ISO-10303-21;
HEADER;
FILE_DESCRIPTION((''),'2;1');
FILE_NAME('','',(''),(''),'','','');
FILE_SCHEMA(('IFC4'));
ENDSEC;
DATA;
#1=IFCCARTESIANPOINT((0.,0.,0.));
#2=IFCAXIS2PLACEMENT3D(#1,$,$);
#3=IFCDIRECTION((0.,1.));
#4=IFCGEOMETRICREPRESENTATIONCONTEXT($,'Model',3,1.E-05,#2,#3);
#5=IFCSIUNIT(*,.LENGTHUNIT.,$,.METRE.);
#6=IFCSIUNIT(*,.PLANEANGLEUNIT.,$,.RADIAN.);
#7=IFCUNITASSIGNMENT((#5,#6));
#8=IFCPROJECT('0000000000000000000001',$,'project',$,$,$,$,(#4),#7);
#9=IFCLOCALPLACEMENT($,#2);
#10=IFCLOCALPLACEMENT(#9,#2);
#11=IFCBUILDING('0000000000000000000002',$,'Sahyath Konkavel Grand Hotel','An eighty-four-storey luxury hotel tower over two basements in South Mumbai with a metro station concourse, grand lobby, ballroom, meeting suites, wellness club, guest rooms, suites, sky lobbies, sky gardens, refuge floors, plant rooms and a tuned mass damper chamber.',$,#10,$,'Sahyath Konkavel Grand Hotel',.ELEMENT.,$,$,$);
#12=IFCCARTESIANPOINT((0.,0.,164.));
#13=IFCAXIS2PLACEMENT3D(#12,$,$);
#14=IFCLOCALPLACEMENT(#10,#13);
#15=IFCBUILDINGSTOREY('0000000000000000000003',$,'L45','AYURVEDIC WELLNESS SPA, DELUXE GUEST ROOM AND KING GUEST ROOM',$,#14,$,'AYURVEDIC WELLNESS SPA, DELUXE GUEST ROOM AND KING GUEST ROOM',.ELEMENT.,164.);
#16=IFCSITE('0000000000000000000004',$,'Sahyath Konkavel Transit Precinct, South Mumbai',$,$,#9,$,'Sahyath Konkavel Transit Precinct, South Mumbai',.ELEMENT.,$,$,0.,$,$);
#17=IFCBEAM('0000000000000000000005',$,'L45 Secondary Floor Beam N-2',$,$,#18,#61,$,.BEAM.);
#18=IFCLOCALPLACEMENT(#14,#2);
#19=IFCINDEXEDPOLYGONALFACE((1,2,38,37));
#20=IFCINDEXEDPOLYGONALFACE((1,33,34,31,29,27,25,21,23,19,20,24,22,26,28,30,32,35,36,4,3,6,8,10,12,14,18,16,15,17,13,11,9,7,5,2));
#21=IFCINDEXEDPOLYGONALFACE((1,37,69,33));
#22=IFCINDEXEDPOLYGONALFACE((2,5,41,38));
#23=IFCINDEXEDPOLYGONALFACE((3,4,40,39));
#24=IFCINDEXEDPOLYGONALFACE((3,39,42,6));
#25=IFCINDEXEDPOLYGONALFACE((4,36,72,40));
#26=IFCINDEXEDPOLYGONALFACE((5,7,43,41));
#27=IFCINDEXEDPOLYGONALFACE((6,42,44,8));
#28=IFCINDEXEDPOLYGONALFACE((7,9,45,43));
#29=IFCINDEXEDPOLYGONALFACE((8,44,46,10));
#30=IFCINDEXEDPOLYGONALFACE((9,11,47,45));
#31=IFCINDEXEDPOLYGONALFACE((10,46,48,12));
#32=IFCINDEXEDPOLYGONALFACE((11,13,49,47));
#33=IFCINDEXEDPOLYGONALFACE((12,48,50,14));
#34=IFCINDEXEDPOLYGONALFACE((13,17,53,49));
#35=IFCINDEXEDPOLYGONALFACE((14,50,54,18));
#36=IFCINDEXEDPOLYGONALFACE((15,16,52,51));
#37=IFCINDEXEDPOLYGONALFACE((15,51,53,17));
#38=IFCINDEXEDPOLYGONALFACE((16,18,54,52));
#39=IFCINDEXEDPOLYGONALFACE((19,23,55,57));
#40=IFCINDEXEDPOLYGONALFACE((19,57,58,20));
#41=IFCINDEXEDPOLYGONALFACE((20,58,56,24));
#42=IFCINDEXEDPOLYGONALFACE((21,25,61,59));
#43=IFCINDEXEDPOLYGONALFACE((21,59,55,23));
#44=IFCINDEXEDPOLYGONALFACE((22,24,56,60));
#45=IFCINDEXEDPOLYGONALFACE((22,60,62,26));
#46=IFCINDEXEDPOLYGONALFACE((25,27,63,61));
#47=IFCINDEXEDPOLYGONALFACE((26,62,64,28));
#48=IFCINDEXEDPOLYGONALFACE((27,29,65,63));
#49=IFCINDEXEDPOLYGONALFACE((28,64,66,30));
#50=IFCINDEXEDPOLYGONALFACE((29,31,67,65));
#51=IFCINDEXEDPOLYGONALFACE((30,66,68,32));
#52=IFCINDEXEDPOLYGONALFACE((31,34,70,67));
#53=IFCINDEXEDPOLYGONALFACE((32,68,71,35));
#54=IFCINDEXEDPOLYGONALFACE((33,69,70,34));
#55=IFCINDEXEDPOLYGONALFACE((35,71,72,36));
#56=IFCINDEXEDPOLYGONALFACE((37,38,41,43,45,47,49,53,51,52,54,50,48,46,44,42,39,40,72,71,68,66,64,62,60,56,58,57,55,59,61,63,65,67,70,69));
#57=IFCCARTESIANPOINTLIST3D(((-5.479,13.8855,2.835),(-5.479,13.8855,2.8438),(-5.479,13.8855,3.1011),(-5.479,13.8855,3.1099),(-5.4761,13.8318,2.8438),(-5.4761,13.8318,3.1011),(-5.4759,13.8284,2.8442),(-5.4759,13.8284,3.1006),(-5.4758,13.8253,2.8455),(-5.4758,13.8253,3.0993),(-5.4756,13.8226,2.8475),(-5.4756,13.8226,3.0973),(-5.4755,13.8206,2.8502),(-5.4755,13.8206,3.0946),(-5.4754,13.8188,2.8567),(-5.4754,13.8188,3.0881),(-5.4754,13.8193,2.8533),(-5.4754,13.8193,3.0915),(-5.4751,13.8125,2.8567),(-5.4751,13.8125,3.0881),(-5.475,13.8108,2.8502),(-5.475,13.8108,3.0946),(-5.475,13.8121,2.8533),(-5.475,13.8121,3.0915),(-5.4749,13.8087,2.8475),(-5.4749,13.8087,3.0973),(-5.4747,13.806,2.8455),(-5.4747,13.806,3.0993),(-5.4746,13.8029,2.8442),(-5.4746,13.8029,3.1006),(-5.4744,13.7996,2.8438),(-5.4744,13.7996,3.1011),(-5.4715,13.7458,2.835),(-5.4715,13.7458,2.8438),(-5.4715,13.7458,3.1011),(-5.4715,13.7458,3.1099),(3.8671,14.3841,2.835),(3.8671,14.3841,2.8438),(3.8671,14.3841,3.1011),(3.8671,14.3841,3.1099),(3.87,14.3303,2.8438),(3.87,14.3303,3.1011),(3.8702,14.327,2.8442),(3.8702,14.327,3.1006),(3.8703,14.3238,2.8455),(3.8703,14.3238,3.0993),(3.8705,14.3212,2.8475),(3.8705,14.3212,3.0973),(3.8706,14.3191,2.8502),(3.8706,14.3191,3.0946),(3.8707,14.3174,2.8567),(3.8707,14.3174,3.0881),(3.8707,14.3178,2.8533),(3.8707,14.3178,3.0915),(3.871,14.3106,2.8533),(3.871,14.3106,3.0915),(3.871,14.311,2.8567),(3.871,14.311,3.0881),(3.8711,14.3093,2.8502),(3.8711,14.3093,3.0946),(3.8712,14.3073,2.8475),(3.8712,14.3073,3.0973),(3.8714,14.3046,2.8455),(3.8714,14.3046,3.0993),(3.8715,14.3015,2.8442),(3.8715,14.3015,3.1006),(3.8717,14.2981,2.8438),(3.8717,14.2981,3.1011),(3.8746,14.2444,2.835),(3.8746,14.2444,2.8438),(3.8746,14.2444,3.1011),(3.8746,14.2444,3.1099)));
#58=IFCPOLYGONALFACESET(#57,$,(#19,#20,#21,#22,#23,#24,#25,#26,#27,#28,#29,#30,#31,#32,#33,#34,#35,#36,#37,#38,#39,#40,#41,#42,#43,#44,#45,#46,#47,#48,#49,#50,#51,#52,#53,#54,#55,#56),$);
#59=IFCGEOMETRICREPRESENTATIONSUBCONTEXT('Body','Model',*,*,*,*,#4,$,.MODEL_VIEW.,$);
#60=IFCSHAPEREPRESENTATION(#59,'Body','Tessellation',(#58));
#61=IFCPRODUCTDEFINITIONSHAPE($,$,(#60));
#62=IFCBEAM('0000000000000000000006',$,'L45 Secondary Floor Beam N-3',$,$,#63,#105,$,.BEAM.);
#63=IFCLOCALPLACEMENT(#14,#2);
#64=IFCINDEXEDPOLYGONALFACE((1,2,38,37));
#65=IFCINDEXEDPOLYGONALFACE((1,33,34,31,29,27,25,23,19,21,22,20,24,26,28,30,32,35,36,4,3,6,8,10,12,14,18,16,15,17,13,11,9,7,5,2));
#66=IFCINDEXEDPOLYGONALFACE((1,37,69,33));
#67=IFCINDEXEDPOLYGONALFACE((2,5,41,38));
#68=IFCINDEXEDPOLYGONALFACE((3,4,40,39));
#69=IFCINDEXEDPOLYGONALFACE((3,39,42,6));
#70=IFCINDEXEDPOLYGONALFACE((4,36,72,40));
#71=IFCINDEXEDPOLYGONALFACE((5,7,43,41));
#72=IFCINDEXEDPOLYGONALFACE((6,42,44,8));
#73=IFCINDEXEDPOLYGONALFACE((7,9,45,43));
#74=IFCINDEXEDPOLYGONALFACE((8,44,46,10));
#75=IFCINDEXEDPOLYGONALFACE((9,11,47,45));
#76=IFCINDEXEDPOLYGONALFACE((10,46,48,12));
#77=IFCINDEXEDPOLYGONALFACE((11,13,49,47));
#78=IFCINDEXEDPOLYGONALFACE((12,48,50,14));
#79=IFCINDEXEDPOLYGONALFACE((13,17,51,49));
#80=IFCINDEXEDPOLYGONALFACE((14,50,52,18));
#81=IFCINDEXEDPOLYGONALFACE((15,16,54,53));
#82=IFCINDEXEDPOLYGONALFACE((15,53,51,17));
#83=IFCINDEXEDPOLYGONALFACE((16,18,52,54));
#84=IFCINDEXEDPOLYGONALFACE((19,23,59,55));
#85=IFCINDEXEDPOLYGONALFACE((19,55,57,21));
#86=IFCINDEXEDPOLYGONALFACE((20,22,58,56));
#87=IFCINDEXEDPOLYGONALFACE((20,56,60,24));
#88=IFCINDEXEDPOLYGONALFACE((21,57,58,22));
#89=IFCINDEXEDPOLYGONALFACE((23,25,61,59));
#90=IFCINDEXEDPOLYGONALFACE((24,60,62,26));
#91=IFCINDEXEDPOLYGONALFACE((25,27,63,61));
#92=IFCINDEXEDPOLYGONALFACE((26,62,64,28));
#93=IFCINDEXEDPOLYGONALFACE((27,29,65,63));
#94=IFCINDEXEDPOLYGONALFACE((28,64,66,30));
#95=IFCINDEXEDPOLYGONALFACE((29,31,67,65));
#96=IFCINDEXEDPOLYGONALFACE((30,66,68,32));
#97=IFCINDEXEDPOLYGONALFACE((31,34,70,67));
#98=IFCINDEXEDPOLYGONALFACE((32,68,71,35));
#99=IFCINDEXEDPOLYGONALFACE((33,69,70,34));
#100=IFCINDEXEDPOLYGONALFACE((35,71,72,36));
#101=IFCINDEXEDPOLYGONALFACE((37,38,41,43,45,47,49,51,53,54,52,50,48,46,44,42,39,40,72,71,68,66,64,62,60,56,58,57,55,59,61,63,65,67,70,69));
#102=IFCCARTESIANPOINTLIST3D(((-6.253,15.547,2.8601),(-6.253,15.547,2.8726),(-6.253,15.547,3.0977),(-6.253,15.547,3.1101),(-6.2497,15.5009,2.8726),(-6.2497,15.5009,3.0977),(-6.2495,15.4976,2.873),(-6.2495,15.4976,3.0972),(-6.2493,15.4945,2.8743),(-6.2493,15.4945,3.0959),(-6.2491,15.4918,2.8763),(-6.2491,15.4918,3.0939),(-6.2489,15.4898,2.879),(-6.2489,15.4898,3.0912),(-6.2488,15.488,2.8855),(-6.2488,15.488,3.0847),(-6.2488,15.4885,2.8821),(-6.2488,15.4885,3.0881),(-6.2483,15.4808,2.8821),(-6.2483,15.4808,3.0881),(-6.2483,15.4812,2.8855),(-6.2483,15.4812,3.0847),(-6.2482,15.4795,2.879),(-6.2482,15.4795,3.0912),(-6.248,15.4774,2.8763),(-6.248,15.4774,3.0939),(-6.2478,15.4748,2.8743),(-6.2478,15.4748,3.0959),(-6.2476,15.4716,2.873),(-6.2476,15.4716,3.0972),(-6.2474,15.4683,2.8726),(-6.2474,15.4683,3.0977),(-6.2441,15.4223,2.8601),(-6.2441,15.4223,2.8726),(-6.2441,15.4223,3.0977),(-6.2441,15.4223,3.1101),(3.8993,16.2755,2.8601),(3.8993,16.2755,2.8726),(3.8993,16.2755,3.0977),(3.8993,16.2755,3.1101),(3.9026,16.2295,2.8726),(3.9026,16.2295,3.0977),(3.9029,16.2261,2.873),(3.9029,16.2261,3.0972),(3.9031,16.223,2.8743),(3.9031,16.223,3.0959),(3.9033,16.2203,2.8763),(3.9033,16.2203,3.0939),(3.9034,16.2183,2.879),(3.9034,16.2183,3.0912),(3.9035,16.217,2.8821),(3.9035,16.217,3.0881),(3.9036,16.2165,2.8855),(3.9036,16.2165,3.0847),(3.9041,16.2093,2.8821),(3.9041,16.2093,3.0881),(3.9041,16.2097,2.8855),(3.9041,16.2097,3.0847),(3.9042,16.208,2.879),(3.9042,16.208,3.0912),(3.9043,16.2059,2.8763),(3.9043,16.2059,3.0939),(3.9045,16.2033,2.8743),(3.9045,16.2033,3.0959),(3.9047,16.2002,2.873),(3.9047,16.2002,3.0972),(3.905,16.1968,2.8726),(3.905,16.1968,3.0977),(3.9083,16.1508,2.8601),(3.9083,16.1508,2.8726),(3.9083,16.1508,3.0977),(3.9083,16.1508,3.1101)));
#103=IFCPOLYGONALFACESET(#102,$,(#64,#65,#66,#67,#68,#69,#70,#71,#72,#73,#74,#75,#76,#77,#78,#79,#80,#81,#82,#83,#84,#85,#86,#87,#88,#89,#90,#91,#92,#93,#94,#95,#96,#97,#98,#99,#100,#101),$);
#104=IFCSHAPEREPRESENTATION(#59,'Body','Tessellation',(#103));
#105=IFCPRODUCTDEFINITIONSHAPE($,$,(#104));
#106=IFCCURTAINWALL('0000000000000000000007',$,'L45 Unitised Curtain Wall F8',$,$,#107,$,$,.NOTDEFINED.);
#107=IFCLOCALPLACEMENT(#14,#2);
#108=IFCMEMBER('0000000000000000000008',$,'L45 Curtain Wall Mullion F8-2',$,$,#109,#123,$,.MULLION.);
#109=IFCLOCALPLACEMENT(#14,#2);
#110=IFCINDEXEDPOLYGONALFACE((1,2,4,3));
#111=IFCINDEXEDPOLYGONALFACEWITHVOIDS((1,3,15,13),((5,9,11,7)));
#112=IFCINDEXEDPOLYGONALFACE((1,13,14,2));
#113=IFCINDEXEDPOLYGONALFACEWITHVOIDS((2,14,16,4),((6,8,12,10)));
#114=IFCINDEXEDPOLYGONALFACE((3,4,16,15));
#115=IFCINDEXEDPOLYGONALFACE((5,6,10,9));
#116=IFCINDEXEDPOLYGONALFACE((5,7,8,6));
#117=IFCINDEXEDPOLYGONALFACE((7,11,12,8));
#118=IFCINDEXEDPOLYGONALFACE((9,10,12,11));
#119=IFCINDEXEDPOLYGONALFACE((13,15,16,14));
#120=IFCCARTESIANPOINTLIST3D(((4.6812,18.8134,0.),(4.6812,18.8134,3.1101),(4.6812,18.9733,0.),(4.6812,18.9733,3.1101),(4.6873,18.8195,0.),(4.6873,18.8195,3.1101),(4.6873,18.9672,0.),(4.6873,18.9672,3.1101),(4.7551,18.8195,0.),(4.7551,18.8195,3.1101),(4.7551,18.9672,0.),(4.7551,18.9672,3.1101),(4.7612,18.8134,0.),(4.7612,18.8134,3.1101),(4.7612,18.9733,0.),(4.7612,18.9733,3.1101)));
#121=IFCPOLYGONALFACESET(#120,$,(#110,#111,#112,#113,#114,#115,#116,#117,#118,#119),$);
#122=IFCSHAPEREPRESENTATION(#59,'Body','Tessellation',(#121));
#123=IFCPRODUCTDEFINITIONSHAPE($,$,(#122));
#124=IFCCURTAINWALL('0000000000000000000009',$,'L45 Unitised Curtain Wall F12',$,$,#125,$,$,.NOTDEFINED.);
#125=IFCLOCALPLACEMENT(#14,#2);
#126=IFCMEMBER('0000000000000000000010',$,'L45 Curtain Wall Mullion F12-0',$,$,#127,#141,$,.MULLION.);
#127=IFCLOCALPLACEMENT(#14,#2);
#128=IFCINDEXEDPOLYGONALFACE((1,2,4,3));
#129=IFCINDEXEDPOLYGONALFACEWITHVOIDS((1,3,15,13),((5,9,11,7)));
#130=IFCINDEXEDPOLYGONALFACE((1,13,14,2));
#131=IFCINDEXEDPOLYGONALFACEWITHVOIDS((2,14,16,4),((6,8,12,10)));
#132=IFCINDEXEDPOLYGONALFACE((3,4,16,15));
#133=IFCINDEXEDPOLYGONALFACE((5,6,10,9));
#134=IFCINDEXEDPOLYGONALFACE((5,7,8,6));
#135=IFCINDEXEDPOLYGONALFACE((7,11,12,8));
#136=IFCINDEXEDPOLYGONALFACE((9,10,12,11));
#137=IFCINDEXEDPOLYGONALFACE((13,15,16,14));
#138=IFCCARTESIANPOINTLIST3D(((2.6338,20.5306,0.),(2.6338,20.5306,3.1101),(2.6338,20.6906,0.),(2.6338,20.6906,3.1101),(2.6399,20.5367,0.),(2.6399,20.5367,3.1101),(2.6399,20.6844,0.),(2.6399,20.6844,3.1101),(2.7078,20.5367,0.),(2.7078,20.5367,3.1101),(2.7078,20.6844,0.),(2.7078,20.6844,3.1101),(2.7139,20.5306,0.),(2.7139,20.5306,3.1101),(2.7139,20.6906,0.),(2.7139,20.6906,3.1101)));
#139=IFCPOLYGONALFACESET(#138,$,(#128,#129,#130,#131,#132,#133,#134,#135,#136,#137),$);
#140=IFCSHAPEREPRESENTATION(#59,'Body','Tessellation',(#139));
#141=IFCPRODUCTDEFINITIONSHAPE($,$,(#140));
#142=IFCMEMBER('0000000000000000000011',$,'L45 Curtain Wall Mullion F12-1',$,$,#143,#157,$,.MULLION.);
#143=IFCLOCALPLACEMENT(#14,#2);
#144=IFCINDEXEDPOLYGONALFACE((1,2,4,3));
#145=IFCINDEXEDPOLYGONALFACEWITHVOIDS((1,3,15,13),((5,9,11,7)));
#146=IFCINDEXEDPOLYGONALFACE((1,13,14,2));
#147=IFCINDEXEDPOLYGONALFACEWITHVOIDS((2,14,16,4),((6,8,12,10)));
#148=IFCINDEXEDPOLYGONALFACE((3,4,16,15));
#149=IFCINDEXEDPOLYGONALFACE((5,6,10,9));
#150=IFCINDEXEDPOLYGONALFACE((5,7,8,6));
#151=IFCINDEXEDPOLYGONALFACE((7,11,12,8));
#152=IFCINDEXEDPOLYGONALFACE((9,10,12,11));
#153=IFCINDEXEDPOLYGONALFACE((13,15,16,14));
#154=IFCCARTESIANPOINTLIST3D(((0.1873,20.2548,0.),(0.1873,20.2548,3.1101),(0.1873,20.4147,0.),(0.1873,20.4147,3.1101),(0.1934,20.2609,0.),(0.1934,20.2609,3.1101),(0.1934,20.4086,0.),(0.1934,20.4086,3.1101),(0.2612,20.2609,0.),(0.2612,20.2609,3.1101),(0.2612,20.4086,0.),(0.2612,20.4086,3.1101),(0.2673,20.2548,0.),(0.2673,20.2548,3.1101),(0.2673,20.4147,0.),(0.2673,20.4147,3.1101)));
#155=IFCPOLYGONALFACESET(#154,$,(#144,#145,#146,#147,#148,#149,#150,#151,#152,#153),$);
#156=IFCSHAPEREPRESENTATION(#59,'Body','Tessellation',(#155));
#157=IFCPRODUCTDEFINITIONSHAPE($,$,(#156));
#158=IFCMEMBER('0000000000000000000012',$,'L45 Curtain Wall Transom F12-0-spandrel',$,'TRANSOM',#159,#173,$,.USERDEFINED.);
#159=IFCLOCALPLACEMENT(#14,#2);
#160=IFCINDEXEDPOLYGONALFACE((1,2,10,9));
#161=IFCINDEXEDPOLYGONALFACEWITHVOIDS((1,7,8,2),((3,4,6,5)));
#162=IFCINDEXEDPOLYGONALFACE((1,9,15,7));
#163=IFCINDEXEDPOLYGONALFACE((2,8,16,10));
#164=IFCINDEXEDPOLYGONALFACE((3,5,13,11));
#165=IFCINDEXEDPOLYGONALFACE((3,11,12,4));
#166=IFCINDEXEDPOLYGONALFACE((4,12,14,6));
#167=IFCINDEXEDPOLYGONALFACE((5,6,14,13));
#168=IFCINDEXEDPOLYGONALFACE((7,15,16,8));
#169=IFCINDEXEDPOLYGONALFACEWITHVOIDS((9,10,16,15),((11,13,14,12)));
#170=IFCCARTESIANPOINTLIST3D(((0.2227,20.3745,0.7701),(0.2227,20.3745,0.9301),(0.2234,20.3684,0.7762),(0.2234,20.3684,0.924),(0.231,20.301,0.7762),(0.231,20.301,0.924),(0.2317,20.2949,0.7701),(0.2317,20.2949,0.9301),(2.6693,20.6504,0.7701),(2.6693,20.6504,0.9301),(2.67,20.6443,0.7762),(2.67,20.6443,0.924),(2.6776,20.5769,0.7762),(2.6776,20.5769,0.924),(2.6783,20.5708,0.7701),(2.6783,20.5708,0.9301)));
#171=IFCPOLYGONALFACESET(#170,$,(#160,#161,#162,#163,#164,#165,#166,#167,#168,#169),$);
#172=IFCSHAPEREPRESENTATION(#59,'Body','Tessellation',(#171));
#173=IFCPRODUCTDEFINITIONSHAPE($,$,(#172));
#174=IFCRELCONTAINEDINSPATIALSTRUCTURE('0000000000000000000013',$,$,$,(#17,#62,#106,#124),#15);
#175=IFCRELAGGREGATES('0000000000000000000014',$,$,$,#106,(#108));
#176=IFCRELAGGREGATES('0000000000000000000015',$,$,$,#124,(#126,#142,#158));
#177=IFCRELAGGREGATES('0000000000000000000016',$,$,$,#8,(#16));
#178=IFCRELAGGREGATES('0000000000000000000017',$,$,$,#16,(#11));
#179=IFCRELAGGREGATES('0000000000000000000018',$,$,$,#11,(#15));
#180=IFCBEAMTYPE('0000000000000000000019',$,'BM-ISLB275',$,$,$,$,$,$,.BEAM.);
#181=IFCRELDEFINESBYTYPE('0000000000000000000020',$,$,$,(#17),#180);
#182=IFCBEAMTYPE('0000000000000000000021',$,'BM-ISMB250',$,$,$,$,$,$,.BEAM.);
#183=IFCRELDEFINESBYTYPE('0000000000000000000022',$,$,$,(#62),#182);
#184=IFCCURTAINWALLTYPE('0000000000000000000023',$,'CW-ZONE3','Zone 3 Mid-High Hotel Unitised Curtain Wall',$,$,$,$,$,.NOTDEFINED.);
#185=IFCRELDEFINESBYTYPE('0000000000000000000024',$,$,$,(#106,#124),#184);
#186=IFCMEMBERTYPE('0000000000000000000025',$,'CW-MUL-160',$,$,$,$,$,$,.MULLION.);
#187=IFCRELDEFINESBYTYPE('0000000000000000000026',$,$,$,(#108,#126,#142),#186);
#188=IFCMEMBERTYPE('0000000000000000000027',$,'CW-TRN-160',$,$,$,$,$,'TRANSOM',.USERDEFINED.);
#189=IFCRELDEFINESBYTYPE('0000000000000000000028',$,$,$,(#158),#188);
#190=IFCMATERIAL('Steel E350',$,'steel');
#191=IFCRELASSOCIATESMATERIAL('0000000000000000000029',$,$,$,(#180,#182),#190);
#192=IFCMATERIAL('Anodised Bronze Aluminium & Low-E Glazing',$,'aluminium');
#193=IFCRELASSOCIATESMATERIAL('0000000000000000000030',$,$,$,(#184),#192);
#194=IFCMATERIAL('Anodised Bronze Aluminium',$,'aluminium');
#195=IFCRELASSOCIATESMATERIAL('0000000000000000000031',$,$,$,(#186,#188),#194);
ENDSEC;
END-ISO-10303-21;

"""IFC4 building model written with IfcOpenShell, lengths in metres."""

from ifc_helpers import new_model, si_unit, direction, frame, origin, origin_2d, place, context, subcontext, project, spatial, hollow_rectangle, i_section, extrude, source, transform, mapped, material, material_profile, profile_set, type_object, element, aggregate, save


model = new_model("IFC4")

# Units and contexts
model_context = context("Model", 3, precision=1e-05, world=origin(), true_north=direction((0.0, 1.0)))
body_context = subcontext(model_context, "Body", "Model", "MODEL_VIEW")
ifc_project = project(units=[si_unit("LENGTHUNIT", "METRE"), si_unit("PLANEANGLEUNIT", "RADIAN")], contexts=[model_context])

# Site, building, storey
site_placement = place(None, origin())
site = spatial("IfcSite", under=ifc_project, at=site_placement, Name="Sahyath Konkavel Transit Precinct, South Mumbai", LongName="Sahyath Konkavel Transit Precinct, South Mumbai", CompositionType="ELEMENT", RefElevation=0.0)
building_placement = place(site_placement, origin())
building = spatial("IfcBuilding", under=site, at=building_placement, Name="Sahyath Konkavel Grand Hotel", Description="An eighty-four-storey luxury hotel tower over two basements in South Mumbai with a metro station concourse, grand lobby, ballroom, meeting suites, wellness club, guest rooms, suites, sky lobbies, sky gardens, refuge floors, plant rooms and a tuned mass damper chamber.", LongName="Sahyath Konkavel Grand Hotel", CompositionType="ELEMENT")
storey_placement = place(building_placement, frame((0.0, 0.0, 164.0)))
storey = spatial("IfcBuildingStorey", under=building, at=storey_placement, Name="L45", Description="AYURVEDIC WELLNESS SPA, DELUXE GUEST ROOM AND KING GUEST ROOM", LongName="AYURVEDIC WELLNESS SPA, DELUXE GUEST ROOM AND KING GUEST ROOM", CompositionType="ELEMENT", Elevation=164.0)

# Beams
ifc_material_1 = material(Name="Steel E350", Category="steel")
ifc_material_profile_1 = material_profile(ifc_material_1, i_section(OverallWidth=0.1399, OverallDepth=0.2749, WebThickness=0.0063, FlangeThickness=0.0088, FilletRadius=0.0129, at=origin_2d()), Name="ISLB 275")
ifc_profile_set_1 = profile_set([ifc_material_profile_1], Name="Steel E350")
beam_type_1 = type_object("IfcBeamType", Name="BM-ISLB275", PredefinedType="BEAM", material=ifc_profile_set_1)
shared_shape_1 = source(origin(), body_context, "Body", "SweptSolid", [
    extrude(i_section(OverallWidth=0.1399, OverallDepth=0.2749, WebThickness=0.0063, FlangeThickness=0.0088, FilletRadius=0.0129, at=origin_2d()), origin(), (0.0, 0.0, 1.0), 9.3594),
])
beam_1_placement = place(storey_placement, frame((3.8708, 14.3142, 2.9724), z_axis=(-0.99858, -0.053265, 0.0), x_axis=(0.053265, -0.99858, 0.0)))
element("IfcBeam", 1, at=beam_1_placement, inside=storey, type_object=beam_type_1, Name="L45 Secondary Floor Beam N-2", PredefinedType="BEAM", context=body_context, shape_type="MappedRepresentation", body=[
    mapped(shared_shape_1, transform((0.0, 0.0, 0.0), scale=1.0)),
])
ifc_material_profile_2 = material_profile(ifc_material_1, i_section(OverallWidth=0.125, OverallDepth=0.25, WebThickness=0.0068, FlangeThickness=0.0125, FilletRadius=0.0129, at=origin_2d()), Name="ISMB 250")
ifc_profile_set_2 = profile_set([ifc_material_profile_2], Name="Steel E350")
beam_type_2 = type_object("IfcBeamType", Name="BM-ISMB250", PredefinedType="BEAM", material=ifc_profile_set_2)
shared_shape_2 = source(origin(), body_context, "Body", "SweptSolid", [
    extrude(i_section(OverallWidth=0.125, OverallDepth=0.25, WebThickness=0.0068, FlangeThickness=0.0125, FilletRadius=0.0129, at=origin_2d()), origin(), (0.0, 0.0, 1.0), 10.1785),
])
beam_2_placement = place(storey_placement, frame((3.9038, 16.2131, 2.9851), z_axis=(-0.997435, -0.071574, 0.0), x_axis=(0.071574, -0.997435, 0.0)))
element("IfcBeam", 2, at=beam_2_placement, inside=storey, type_object=beam_type_2, Name="L45 Secondary Floor Beam N-3", PredefinedType="BEAM", context=body_context, shape_type="MappedRepresentation", body=[
    mapped(shared_shape_2, transform((0.0, 0.0, 0.0), scale=1.0)),
])

# Curtain wall, member
ifc_material_2 = material(Name="Anodised Bronze Aluminium & Low-E Glazing", Category="aluminium")
curtain_wall_type = type_object("IfcCurtainWallType", Name="CW-ZONE3", Description="Zone 3 Mid-High Hotel Unitised Curtain Wall", PredefinedType="NOTDEFINED", material=ifc_material_2)
curtain_wall_1_placement = place(storey_placement, origin())
curtain_wall_1 = element("IfcCurtainWall", 3, at=curtain_wall_1_placement, inside=storey, type_object=curtain_wall_type, Name="L45 Unitised Curtain Wall F8", PredefinedType="NOTDEFINED")
ifc_material_3 = material(Name="Anodised Bronze Aluminium", Category="aluminium")
ifc_material_profile_3 = material_profile(ifc_material_3, hollow_rectangle(XDim=0.0801, YDim=0.1599, WallThickness=0.0061, at=origin_2d()), Name="RHS 160x80x6")
ifc_profile_set_3 = profile_set([ifc_material_profile_3], Name="Anodised Bronze Aluminium")
member_type_1 = type_object("IfcMemberType", Name="CW-MUL-160", PredefinedType="MULLION", material=ifc_profile_set_3)
shared_shape_3 = source(origin(), body_context, "Body", "SweptSolid", [
    extrude(hollow_rectangle(XDim=0.0801, YDim=0.1599, WallThickness=0.0061, at=origin_2d()), origin(), (0.0, 0.0, 1.0), 3.1101),
])
member_1_placement = place(storey_placement, frame((4.7212, 18.8933, 0.0), z_axis=(0.0, 0.0, 1.0), x_axis=(1.0, 0.0, 0.0)))
member_1 = element("IfcMember", 4, at=member_1_placement, type_object=member_type_1, Name="L45 Curtain Wall Mullion F8-2", PredefinedType="MULLION", context=body_context, shape_type="MappedRepresentation", body=[
    mapped(shared_shape_3, transform((0.0, 0.0, 0.0), scale=1.0)),
])

# Curtain wall, members
curtain_wall_2_placement = place(storey_placement, origin())
curtain_wall_2 = element("IfcCurtainWall", 5, at=curtain_wall_2_placement, inside=storey, type_object=curtain_wall_type, Name="L45 Unitised Curtain Wall F12", PredefinedType="NOTDEFINED")
member_2_placement = place(storey_placement, frame((2.6738, 20.6106, 0.0), z_axis=(0.0, 0.0, 1.0), x_axis=(1.0, 0.0, 0.0)))
member_2 = element("IfcMember", 6, at=member_2_placement, type_object=member_type_1, Name="L45 Curtain Wall Mullion F12-0", PredefinedType="MULLION", context=body_context, shape_type="MappedRepresentation", body=[
    mapped(shared_shape_3, transform((0.0, 0.0, 0.0), scale=1.0)),
])
member_3_placement = place(storey_placement, frame((0.2273, 20.3347, 0.0), z_axis=(0.0, 0.0, 1.0), x_axis=(1.0, 0.0, 0.0)))
member_3 = element("IfcMember", 7, at=member_3_placement, type_object=member_type_1, Name="L45 Curtain Wall Mullion F12-1", PredefinedType="MULLION", context=body_context, shape_type="MappedRepresentation", body=[
    mapped(shared_shape_3, transform((0.0, 0.0, 0.0), scale=1.0)),
])
ifc_material_profile_4 = material_profile(ifc_material_3, hollow_rectangle(XDim=0.0801, YDim=0.1599, WallThickness=0.0061, at=origin_2d()), Name="RHS 160x80x6")
ifc_profile_set_4 = profile_set([ifc_material_profile_4], Name="Anodised Bronze Aluminium")
member_type_2 = type_object("IfcMemberType", Name="CW-TRN-160", ElementType="TRANSOM", PredefinedType="USERDEFINED", material=ifc_profile_set_4)
shared_shape_4 = source(origin(), body_context, "Body", "SweptSolid", [
    extrude(hollow_rectangle(XDim=0.0801, YDim=0.1599, WallThickness=0.0061, at=origin_2d()), origin(), (0.0, 0.0, 1.0), 2.4622),
])
member_4_placement = place(storey_placement, frame((2.6738, 20.6106, 0.8501), z_axis=(-0.993702, -0.112053, 0.0), x_axis=(0.112053, -0.993702, 0.0)))
member_4 = element("IfcMember", 8, at=member_4_placement, type_object=member_type_2, Name="L45 Curtain Wall Transom F12-0-spandrel", ObjectType="TRANSOM", PredefinedType="USERDEFINED", context=body_context, shape_type="MappedRepresentation", body=[
    mapped(shared_shape_4, transform((0.0, 0.0, 0.0), scale=1.0)),
])

aggregate(curtain_wall_1, [member_1])
aggregate(curtain_wall_2, [member_2, member_3, member_4])

save(model, "model.ifc")
